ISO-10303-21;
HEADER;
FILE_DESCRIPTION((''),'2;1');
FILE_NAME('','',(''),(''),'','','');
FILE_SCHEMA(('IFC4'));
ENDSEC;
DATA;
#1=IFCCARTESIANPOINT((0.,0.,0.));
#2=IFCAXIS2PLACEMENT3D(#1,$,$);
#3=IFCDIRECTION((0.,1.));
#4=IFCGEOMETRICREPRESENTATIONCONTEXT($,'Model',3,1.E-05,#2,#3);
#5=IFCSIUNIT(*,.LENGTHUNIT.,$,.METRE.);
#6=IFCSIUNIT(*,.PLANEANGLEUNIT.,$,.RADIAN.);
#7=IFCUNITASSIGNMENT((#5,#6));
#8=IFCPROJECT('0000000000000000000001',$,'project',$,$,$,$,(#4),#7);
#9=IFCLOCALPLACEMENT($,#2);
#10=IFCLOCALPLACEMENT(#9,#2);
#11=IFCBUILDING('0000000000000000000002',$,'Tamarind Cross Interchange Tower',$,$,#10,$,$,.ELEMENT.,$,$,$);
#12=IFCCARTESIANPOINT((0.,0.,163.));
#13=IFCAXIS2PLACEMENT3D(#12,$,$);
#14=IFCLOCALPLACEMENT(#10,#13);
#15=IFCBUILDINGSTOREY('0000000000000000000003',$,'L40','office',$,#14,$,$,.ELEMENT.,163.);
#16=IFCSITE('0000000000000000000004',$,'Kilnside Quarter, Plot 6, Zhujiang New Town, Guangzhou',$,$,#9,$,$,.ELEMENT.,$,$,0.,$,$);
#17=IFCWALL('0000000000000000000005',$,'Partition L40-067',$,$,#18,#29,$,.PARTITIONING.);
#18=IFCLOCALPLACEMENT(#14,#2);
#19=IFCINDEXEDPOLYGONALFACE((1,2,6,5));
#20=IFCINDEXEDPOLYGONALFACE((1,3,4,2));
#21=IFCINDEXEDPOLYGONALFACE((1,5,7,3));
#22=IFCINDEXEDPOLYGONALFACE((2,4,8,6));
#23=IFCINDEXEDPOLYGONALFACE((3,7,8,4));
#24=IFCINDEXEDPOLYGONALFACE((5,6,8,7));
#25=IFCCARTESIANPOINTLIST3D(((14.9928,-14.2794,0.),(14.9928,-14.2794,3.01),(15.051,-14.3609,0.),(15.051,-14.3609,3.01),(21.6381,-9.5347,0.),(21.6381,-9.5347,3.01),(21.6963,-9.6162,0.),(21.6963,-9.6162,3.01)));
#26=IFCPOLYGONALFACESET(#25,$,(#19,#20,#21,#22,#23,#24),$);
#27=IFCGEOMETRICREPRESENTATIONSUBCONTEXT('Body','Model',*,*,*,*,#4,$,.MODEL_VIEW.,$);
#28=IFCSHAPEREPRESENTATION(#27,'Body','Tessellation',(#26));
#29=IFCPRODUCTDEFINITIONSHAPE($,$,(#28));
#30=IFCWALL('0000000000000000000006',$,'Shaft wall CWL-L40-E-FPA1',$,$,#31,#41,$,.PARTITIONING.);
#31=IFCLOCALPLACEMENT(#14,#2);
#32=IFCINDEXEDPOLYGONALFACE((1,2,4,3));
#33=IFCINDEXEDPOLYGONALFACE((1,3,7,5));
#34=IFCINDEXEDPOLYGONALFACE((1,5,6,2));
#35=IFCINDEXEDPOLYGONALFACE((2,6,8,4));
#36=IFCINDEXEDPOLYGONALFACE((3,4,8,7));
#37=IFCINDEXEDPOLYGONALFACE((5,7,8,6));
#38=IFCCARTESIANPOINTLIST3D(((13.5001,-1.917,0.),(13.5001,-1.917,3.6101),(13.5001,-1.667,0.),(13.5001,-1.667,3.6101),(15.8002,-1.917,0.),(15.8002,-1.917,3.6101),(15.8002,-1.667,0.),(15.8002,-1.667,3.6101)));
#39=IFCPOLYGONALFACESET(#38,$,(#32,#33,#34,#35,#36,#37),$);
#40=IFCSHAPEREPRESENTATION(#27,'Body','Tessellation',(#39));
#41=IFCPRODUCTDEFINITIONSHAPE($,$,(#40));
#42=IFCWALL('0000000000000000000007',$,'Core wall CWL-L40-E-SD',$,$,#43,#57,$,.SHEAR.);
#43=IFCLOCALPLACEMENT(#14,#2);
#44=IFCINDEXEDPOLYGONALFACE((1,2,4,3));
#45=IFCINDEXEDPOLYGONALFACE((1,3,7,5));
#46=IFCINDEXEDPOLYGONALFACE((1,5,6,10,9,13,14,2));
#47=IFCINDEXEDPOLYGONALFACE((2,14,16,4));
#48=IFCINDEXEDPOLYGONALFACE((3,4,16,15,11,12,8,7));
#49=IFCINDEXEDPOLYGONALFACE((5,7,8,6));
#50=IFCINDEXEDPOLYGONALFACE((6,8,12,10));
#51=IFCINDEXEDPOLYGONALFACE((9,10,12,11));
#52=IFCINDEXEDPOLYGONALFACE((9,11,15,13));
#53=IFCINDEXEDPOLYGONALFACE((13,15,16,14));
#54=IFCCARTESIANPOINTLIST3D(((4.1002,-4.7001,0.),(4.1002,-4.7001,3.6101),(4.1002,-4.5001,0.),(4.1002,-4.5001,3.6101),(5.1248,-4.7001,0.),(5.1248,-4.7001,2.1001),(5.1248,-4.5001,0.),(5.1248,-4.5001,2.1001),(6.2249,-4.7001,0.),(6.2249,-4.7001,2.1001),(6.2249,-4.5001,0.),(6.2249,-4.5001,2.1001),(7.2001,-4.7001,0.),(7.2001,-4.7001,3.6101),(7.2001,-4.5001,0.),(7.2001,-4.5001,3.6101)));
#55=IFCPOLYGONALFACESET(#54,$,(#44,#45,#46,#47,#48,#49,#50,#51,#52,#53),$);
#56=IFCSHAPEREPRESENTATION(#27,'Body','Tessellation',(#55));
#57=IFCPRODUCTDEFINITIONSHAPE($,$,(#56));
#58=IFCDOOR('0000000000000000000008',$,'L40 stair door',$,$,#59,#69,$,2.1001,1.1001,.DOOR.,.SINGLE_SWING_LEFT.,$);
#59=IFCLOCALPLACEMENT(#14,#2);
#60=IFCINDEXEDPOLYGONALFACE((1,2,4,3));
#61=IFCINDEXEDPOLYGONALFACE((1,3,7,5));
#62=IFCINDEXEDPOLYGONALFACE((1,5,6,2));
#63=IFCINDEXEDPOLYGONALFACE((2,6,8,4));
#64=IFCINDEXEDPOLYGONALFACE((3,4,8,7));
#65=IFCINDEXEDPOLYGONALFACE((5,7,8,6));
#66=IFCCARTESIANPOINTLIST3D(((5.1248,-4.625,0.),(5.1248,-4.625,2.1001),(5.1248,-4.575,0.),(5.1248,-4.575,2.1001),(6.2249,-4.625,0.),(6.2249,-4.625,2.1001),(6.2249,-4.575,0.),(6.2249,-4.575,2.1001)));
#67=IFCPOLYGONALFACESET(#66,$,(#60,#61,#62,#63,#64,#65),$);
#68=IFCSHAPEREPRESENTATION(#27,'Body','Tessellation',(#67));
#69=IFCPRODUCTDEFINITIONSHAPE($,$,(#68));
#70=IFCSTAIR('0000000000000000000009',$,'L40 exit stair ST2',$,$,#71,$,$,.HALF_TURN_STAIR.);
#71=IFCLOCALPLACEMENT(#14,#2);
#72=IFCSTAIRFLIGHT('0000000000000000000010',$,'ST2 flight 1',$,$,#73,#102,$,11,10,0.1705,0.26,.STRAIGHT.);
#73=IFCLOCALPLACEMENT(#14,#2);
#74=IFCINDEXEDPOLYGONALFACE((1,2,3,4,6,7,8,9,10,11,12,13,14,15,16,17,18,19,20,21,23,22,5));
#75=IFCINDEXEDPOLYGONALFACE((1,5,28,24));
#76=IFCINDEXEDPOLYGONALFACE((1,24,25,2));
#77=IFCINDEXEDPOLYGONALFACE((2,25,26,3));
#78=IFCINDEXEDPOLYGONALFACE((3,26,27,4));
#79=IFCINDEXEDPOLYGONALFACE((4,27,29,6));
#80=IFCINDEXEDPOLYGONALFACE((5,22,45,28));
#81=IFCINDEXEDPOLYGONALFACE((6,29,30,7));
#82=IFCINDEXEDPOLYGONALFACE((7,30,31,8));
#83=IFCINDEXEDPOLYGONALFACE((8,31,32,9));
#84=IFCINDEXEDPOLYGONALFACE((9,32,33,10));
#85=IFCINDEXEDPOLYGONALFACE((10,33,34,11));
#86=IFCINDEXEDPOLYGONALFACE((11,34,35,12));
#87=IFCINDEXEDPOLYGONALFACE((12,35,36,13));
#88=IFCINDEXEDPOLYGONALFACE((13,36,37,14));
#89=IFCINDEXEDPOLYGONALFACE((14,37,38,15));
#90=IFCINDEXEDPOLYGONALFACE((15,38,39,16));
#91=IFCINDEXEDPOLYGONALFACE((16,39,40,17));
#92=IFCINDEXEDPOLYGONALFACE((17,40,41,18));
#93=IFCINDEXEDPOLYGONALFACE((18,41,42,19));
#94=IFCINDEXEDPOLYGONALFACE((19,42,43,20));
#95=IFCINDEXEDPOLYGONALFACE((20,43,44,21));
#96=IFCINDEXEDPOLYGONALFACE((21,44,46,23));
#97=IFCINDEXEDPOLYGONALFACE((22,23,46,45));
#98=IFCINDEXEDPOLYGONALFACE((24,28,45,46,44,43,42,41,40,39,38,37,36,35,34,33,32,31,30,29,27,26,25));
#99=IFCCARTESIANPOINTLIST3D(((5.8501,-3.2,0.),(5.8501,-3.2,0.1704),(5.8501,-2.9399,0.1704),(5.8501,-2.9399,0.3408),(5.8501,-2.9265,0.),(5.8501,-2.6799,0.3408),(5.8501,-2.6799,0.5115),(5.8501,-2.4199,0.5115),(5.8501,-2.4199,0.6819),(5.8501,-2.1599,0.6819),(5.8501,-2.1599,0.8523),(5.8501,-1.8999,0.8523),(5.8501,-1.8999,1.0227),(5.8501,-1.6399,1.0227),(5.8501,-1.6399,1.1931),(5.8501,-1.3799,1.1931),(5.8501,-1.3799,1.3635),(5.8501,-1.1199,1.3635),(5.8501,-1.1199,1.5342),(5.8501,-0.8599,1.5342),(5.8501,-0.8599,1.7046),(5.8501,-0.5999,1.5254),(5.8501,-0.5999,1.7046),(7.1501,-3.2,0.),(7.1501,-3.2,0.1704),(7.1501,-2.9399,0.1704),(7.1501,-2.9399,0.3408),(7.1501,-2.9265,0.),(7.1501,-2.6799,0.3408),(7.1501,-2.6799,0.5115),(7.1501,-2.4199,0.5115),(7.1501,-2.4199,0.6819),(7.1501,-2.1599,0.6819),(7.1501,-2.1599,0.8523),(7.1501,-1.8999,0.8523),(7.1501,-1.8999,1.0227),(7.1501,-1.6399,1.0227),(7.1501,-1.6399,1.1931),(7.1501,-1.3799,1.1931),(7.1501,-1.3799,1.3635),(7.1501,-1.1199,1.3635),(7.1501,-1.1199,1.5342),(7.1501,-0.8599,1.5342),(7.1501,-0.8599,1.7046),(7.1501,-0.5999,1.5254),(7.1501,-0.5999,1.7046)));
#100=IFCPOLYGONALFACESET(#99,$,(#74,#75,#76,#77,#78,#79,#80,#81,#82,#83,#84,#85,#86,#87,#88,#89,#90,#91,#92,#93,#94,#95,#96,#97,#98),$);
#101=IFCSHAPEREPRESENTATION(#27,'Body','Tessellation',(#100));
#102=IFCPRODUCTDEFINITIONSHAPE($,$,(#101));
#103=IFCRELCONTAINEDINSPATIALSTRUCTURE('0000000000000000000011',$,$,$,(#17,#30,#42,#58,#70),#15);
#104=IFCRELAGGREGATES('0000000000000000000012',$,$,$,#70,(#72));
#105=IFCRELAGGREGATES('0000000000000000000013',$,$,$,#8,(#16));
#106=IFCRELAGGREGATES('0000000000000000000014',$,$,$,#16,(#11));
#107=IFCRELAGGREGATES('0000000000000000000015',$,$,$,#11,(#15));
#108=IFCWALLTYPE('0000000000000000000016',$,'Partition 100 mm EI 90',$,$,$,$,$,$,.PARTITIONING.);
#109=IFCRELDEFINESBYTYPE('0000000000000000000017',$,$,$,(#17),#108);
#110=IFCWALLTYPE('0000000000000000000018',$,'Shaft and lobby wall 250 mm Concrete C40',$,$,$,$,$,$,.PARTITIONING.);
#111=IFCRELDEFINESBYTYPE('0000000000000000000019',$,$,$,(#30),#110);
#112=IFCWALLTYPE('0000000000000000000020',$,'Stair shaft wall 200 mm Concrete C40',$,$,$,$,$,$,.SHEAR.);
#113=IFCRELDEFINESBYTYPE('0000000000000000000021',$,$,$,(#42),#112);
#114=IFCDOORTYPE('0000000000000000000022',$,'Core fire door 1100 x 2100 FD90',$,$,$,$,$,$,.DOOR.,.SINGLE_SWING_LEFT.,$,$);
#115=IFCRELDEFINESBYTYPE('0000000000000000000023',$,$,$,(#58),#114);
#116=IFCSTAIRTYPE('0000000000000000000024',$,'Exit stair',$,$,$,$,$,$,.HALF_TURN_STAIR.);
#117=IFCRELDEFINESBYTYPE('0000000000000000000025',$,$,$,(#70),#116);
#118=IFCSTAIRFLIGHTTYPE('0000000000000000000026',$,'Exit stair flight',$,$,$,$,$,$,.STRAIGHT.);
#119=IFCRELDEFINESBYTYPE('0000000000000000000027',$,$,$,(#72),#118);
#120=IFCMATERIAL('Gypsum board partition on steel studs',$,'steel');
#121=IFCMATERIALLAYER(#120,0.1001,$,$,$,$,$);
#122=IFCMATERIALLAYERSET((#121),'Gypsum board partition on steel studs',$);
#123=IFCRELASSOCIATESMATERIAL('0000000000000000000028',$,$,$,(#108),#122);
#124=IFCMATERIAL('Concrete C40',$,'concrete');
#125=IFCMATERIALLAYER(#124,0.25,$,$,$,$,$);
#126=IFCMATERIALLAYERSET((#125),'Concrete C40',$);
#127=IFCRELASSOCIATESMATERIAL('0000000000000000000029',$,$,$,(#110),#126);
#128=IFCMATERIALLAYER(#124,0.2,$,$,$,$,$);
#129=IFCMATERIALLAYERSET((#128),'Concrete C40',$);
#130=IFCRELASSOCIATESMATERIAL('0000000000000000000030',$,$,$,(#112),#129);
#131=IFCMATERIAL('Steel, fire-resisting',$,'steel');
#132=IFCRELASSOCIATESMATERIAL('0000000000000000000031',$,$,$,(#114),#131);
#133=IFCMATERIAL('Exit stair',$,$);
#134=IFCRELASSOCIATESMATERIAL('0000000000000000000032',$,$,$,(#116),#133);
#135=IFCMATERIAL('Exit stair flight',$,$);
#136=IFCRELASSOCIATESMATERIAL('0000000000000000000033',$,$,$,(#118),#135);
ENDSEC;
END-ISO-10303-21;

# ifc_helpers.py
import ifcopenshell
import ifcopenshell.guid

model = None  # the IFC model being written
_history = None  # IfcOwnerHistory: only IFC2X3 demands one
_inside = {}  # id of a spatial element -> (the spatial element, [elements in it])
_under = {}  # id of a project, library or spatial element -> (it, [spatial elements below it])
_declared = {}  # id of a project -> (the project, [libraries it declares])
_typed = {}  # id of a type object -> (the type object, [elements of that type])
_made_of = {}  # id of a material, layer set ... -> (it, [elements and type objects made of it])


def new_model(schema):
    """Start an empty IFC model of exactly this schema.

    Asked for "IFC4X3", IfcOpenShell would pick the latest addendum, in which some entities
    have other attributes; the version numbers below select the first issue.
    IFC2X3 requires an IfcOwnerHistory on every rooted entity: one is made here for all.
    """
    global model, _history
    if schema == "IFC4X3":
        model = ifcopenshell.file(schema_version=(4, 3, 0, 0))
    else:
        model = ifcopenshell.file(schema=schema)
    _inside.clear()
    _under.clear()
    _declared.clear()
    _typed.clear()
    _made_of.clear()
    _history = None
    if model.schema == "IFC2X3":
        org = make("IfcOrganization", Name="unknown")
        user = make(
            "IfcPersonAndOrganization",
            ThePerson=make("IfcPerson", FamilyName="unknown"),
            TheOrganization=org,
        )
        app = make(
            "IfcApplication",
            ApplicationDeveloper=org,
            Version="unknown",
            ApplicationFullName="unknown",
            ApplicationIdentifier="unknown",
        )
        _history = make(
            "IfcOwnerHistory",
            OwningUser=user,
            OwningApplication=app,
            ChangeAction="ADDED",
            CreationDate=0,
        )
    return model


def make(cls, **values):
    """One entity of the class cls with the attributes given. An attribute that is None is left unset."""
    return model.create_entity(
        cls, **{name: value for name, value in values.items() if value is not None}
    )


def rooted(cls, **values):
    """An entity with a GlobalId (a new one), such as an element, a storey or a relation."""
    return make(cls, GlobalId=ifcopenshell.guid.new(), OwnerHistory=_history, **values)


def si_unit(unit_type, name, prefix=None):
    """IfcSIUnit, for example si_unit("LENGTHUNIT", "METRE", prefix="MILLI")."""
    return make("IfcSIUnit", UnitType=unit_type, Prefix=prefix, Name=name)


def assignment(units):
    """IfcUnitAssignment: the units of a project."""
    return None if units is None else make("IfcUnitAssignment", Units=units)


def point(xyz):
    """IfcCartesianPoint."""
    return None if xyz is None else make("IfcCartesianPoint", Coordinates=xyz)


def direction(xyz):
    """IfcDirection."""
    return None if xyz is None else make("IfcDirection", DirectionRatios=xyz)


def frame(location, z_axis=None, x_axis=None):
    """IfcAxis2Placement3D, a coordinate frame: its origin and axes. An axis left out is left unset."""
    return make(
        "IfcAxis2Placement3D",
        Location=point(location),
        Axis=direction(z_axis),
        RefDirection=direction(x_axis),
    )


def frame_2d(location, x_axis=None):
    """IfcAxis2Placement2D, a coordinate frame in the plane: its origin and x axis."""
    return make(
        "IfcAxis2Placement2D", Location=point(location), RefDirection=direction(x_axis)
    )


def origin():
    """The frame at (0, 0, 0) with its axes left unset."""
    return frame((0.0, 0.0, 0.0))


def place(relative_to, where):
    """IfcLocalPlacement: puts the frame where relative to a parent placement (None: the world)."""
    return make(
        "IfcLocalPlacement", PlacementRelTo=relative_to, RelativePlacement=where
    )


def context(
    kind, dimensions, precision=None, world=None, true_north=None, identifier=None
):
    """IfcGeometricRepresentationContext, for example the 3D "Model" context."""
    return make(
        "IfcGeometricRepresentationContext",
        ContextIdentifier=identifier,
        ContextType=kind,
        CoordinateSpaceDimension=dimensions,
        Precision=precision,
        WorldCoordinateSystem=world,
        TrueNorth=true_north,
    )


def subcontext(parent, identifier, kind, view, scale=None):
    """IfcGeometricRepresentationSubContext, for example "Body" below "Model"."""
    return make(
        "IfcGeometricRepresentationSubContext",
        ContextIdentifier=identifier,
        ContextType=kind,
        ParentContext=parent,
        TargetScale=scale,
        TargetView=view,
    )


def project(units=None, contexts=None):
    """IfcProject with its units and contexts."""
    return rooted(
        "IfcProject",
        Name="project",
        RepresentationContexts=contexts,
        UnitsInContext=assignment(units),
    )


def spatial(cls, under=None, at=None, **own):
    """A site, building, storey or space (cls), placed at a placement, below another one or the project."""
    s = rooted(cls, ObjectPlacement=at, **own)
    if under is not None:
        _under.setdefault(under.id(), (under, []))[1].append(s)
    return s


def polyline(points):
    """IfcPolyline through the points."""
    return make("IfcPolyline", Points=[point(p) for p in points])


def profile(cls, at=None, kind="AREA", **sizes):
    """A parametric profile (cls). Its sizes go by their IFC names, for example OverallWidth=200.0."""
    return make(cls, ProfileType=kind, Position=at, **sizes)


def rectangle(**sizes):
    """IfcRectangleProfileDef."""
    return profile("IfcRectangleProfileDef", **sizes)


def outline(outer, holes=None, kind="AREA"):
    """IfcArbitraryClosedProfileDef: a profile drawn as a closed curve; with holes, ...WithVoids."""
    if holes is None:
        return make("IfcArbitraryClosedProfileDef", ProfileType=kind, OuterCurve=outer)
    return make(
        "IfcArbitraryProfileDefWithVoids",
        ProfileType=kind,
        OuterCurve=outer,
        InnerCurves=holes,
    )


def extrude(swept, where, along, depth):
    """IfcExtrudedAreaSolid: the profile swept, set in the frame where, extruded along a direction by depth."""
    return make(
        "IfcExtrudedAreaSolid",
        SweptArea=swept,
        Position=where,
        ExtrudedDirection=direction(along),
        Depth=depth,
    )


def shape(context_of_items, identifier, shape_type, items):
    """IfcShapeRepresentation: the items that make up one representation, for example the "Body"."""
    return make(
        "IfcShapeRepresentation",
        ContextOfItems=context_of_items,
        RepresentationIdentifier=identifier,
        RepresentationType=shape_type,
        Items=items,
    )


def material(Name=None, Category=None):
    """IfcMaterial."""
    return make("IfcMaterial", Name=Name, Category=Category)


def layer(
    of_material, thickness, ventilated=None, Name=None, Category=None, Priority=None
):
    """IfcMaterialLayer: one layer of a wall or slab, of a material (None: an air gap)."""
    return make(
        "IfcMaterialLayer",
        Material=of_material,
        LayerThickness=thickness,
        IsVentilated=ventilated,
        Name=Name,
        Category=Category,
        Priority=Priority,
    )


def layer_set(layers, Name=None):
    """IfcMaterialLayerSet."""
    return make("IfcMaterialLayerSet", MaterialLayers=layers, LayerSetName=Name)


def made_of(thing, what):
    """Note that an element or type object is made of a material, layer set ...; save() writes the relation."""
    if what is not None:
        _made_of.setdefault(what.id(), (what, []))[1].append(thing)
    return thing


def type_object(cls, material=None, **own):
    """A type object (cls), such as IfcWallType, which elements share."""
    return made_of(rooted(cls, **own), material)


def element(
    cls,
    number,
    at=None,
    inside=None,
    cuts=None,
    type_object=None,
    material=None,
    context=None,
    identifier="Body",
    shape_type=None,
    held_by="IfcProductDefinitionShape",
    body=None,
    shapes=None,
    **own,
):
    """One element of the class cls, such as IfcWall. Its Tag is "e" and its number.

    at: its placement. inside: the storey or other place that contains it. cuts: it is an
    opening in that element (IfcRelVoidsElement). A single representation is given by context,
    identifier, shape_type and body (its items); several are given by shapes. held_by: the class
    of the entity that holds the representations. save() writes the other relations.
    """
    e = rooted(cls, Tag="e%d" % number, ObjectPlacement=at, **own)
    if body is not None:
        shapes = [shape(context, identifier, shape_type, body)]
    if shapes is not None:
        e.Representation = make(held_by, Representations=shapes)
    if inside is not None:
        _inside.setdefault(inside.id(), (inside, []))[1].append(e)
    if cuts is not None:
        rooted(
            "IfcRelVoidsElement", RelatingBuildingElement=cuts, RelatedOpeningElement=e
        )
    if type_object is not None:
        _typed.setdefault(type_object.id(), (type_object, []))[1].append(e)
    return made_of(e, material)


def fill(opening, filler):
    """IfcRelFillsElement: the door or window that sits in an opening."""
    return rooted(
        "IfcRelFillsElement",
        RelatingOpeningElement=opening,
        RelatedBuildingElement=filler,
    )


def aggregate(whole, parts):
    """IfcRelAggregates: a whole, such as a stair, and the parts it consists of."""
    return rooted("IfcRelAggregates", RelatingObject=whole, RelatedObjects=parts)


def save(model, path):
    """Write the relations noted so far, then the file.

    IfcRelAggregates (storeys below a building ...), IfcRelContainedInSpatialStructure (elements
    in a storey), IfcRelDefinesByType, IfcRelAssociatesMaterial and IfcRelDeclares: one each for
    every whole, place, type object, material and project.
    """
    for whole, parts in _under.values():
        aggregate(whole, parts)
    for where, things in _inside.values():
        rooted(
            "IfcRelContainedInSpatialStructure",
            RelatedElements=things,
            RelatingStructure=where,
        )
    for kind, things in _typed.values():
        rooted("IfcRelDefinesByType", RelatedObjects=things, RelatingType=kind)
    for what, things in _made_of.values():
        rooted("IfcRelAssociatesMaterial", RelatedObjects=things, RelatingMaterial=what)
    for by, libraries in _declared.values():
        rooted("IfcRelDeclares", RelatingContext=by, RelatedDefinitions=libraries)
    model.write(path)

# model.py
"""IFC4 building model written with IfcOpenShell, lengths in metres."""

from ifc_helpers import new_model, si_unit, direction, frame, frame_2d, origin, place, context, subcontext, project, spatial, polyline, rectangle, outline, extrude, material, layer, layer_set, type_object, element, fill, aggregate, save


model = new_model("IFC4")

# Units and contexts
model_context = context("Model", 3, precision=1e-05, world=origin(), true_north=direction((0.0, 1.0)))
body_context = subcontext(model_context, "Body", "Model", "MODEL_VIEW")
ifc_project = project(units=[si_unit("LENGTHUNIT", "METRE"), si_unit("PLANEANGLEUNIT", "RADIAN")], contexts=[model_context])

# Site, building, storey
site_placement = place(None, origin())
site = spatial("IfcSite", under=ifc_project, at=site_placement, Name="Kilnside Quarter, Plot 6, Zhujiang New Town, Guangzhou", CompositionType="ELEMENT", RefElevation=0.0)
building_placement = place(site_placement, origin())
building = spatial("IfcBuilding", under=site, at=building_placement, Name="Tamarind Cross Interchange Tower", CompositionType="ELEMENT")
storey_placement = place(building_placement, frame((0.0, 0.0, 163.0)))
storey = spatial("IfcBuildingStorey", under=building, at=storey_placement, Name="L40", Description="office", CompositionType="ELEMENT", Elevation=163.0)

# Shared definitions
ifc_material_1 = material(Name="Steel, fire-resisting", Category="steel")

# Walls
ifc_material_2 = material(Name="Gypsum board partition on steel studs", Category="steel")
ifc_layer_1 = layer(ifc_material_2, 0.1001)
ifc_layer_set_1 = layer_set([ifc_layer_1], Name="Gypsum board partition on steel studs")
wall_type_1 = type_object("IfcWallType", Name="Partition 100 mm EI 90", PredefinedType="PARTITIONING", material=ifc_layer_set_1)
wall_1_placement = place(storey_placement, frame((15.022, -14.3201, 0.0), z_axis=(0.0, 0.0, 1.0), x_axis=(0.813849, 0.581077, 0.0)))
element("IfcWall", 1, at=wall_1_placement, inside=storey, type_object=wall_type_1, Name="Partition L40-067", PredefinedType="PARTITIONING", context=body_context, shape_type="SweptSolid", body=[
    extrude(rectangle(XDim=8.1653, YDim=0.1001, at=frame_2d((4.0825, 0.0))), origin(), (0.0, 0.0, 1.0), 3.01),
])
ifc_material_3 = material(Name="Concrete C40", Category="concrete")
ifc_layer_2 = layer(ifc_material_3, 0.25)
ifc_layer_set_2 = layer_set([ifc_layer_2], Name="Concrete C40")
wall_type_2 = type_object("IfcWallType", Name="Shaft and lobby wall 250 mm Concrete C40", PredefinedType="PARTITIONING", material=ifc_layer_set_2)
wall_2_placement = place(storey_placement, frame((15.8, -1.792, 0.0), z_axis=(0.0, 0.0, 1.0), x_axis=(-1.0, 0.0, 0.0)))
element("IfcWall", 2, at=wall_2_placement, inside=storey, type_object=wall_type_2, Name="Shaft wall CWL-L40-E-FPA1", PredefinedType="PARTITIONING", context=body_context, shape_type="SweptSolid", body=[
    extrude(rectangle(XDim=2.3, YDim=0.25, at=frame_2d((1.1499, 0.0))), origin(), (0.0, 0.0, 1.0), 3.6101),
])

# Wall, opening, door
ifc_layer_3 = layer(ifc_material_3, 0.2)
ifc_layer_set_3 = layer_set([ifc_layer_3], Name="Concrete C40")
wall_type_3 = type_object("IfcWallType", Name="Stair shaft wall 200 mm Concrete C40", PredefinedType="SHEAR", material=ifc_layer_set_3)
wall_3_placement = place(storey_placement, frame((7.2, -4.6001, 0.0), z_axis=(0.0, 0.0, 1.0), x_axis=(-1.0, 0.0, 0.0)))
wall_3 = element("IfcWall", 3, at=wall_3_placement, inside=storey, type_object=wall_type_3, Name="Core wall CWL-L40-E-SD", PredefinedType="SHEAR", context=body_context, shape_type="SweptSolid", body=[
    extrude(rectangle(XDim=3.0999, YDim=0.2, at=frame_2d((1.5498, 0.0))), origin(), (0.0, 0.0, 1.0), 3.6101),
])
opening_1_placement = place(wall_3_placement, frame((0.9751, 0.0, 0.0)))
opening_1 = element("IfcOpeningElement", 4, at=opening_1_placement, cuts=wall_3, PredefinedType="OPENING", context=body_context, shape_type="SweptSolid", body=[
    extrude(rectangle(XDim=1.1001, YDim=2.1001, at=frame_2d((0.55, 1.05))), frame((0.0, 0.1099, 0.0), z_axis=(0.0, -1.0, 0.0), x_axis=(1.0, 0.0, 0.0)), (0.0, 0.0, 1.0), 0.22),
])
door_type_1 = type_object("IfcDoorType", Name="Core fire door 1100 x 2100 FD90", OperationType="SINGLE_SWING_LEFT", PredefinedType="DOOR", material=ifc_material_1)
door_1_placement = place(opening_1_placement, origin())
door_1 = element("IfcDoor", 5, at=door_1_placement, inside=storey, type_object=door_type_1, Name="L40 stair door", OperationType="SINGLE_SWING_LEFT", OverallHeight=2.1001, OverallWidth=1.1001, PredefinedType="DOOR", context=body_context, shape_type="SweptSolid", body=[
    extrude(rectangle(XDim=1.1001, YDim=2.1001, at=frame_2d((0.55, 1.05))), frame((0.0, 0.0249, 0.0), z_axis=(0.0, -1.0, 0.0), x_axis=(1.0, 0.0, 0.0)), (0.0, 0.0, 1.0), 0.05),
])
fill(opening_1, door_1)

# Stair, stair flight
ifc_material_4 = material(Name="Exit stair")
stair_type = type_object("IfcStairType", Name="Exit stair", PredefinedType="HALF_TURN_STAIR", material=ifc_material_4)
stair_placement = place(storey_placement, origin())
stair = element("IfcStair", 6, at=stair_placement, inside=storey, type_object=stair_type, Name="L40 exit stair ST2", PredefinedType="HALF_TURN_STAIR")
ifc_material_5 = material(Name="Exit stair flight")
stair_flight_type = type_object("IfcStairFlightType", Name="Exit stair flight", PredefinedType="STRAIGHT", material=ifc_material_5)
stair_flight_placement = place(storey_placement, frame((6.5, -3.2, 0.0), z_axis=(0.0, 0.0, 1.0), x_axis=(0.0, 1.0, 0.0)))
stair_flight = element("IfcStairFlight", 7, at=stair_flight_placement, type_object=stair_flight_type, Name="ST2 flight 1", NumberOfRisers=11, NumberOfTreads=10, PredefinedType="STRAIGHT", RiserHeight=0.1705, TreadLength=0.26, context=body_context, shape_type="SweptSolid", body=[
    extrude(outline(polyline([(0.0, 0.0), (0.0, 0.1704), (0.26, 0.1704), (0.26, 0.3408), (0.52, 0.3408), (0.52, 0.5115), (0.78, 0.5115), (0.78, 0.6819), (1.04, 0.6819), (1.04, 0.8523), (1.3, 0.8523), (1.3, 1.0227), (1.5601, 1.0227), (1.5601, 1.1931), (1.8201, 1.1931), (1.8201, 1.3635), (2.0801, 1.3635), (2.0801, 1.5342), (2.3401, 1.5342), (2.3401, 1.7046), (2.6001, 1.7046), (2.6001, 1.875), (2.6001, 1.5254), (0.2734, 0.0), (0.0, 0.0)])), frame((0.0, 0.6499, 0.0), z_axis=(0.0, -1.0, 0.0), x_axis=(1.0, 0.0, 0.0)), (0.0, 0.0, 1.0), 1.3),
])
aggregate(stair, [stair_flight])

save(model, "model.ifc")
